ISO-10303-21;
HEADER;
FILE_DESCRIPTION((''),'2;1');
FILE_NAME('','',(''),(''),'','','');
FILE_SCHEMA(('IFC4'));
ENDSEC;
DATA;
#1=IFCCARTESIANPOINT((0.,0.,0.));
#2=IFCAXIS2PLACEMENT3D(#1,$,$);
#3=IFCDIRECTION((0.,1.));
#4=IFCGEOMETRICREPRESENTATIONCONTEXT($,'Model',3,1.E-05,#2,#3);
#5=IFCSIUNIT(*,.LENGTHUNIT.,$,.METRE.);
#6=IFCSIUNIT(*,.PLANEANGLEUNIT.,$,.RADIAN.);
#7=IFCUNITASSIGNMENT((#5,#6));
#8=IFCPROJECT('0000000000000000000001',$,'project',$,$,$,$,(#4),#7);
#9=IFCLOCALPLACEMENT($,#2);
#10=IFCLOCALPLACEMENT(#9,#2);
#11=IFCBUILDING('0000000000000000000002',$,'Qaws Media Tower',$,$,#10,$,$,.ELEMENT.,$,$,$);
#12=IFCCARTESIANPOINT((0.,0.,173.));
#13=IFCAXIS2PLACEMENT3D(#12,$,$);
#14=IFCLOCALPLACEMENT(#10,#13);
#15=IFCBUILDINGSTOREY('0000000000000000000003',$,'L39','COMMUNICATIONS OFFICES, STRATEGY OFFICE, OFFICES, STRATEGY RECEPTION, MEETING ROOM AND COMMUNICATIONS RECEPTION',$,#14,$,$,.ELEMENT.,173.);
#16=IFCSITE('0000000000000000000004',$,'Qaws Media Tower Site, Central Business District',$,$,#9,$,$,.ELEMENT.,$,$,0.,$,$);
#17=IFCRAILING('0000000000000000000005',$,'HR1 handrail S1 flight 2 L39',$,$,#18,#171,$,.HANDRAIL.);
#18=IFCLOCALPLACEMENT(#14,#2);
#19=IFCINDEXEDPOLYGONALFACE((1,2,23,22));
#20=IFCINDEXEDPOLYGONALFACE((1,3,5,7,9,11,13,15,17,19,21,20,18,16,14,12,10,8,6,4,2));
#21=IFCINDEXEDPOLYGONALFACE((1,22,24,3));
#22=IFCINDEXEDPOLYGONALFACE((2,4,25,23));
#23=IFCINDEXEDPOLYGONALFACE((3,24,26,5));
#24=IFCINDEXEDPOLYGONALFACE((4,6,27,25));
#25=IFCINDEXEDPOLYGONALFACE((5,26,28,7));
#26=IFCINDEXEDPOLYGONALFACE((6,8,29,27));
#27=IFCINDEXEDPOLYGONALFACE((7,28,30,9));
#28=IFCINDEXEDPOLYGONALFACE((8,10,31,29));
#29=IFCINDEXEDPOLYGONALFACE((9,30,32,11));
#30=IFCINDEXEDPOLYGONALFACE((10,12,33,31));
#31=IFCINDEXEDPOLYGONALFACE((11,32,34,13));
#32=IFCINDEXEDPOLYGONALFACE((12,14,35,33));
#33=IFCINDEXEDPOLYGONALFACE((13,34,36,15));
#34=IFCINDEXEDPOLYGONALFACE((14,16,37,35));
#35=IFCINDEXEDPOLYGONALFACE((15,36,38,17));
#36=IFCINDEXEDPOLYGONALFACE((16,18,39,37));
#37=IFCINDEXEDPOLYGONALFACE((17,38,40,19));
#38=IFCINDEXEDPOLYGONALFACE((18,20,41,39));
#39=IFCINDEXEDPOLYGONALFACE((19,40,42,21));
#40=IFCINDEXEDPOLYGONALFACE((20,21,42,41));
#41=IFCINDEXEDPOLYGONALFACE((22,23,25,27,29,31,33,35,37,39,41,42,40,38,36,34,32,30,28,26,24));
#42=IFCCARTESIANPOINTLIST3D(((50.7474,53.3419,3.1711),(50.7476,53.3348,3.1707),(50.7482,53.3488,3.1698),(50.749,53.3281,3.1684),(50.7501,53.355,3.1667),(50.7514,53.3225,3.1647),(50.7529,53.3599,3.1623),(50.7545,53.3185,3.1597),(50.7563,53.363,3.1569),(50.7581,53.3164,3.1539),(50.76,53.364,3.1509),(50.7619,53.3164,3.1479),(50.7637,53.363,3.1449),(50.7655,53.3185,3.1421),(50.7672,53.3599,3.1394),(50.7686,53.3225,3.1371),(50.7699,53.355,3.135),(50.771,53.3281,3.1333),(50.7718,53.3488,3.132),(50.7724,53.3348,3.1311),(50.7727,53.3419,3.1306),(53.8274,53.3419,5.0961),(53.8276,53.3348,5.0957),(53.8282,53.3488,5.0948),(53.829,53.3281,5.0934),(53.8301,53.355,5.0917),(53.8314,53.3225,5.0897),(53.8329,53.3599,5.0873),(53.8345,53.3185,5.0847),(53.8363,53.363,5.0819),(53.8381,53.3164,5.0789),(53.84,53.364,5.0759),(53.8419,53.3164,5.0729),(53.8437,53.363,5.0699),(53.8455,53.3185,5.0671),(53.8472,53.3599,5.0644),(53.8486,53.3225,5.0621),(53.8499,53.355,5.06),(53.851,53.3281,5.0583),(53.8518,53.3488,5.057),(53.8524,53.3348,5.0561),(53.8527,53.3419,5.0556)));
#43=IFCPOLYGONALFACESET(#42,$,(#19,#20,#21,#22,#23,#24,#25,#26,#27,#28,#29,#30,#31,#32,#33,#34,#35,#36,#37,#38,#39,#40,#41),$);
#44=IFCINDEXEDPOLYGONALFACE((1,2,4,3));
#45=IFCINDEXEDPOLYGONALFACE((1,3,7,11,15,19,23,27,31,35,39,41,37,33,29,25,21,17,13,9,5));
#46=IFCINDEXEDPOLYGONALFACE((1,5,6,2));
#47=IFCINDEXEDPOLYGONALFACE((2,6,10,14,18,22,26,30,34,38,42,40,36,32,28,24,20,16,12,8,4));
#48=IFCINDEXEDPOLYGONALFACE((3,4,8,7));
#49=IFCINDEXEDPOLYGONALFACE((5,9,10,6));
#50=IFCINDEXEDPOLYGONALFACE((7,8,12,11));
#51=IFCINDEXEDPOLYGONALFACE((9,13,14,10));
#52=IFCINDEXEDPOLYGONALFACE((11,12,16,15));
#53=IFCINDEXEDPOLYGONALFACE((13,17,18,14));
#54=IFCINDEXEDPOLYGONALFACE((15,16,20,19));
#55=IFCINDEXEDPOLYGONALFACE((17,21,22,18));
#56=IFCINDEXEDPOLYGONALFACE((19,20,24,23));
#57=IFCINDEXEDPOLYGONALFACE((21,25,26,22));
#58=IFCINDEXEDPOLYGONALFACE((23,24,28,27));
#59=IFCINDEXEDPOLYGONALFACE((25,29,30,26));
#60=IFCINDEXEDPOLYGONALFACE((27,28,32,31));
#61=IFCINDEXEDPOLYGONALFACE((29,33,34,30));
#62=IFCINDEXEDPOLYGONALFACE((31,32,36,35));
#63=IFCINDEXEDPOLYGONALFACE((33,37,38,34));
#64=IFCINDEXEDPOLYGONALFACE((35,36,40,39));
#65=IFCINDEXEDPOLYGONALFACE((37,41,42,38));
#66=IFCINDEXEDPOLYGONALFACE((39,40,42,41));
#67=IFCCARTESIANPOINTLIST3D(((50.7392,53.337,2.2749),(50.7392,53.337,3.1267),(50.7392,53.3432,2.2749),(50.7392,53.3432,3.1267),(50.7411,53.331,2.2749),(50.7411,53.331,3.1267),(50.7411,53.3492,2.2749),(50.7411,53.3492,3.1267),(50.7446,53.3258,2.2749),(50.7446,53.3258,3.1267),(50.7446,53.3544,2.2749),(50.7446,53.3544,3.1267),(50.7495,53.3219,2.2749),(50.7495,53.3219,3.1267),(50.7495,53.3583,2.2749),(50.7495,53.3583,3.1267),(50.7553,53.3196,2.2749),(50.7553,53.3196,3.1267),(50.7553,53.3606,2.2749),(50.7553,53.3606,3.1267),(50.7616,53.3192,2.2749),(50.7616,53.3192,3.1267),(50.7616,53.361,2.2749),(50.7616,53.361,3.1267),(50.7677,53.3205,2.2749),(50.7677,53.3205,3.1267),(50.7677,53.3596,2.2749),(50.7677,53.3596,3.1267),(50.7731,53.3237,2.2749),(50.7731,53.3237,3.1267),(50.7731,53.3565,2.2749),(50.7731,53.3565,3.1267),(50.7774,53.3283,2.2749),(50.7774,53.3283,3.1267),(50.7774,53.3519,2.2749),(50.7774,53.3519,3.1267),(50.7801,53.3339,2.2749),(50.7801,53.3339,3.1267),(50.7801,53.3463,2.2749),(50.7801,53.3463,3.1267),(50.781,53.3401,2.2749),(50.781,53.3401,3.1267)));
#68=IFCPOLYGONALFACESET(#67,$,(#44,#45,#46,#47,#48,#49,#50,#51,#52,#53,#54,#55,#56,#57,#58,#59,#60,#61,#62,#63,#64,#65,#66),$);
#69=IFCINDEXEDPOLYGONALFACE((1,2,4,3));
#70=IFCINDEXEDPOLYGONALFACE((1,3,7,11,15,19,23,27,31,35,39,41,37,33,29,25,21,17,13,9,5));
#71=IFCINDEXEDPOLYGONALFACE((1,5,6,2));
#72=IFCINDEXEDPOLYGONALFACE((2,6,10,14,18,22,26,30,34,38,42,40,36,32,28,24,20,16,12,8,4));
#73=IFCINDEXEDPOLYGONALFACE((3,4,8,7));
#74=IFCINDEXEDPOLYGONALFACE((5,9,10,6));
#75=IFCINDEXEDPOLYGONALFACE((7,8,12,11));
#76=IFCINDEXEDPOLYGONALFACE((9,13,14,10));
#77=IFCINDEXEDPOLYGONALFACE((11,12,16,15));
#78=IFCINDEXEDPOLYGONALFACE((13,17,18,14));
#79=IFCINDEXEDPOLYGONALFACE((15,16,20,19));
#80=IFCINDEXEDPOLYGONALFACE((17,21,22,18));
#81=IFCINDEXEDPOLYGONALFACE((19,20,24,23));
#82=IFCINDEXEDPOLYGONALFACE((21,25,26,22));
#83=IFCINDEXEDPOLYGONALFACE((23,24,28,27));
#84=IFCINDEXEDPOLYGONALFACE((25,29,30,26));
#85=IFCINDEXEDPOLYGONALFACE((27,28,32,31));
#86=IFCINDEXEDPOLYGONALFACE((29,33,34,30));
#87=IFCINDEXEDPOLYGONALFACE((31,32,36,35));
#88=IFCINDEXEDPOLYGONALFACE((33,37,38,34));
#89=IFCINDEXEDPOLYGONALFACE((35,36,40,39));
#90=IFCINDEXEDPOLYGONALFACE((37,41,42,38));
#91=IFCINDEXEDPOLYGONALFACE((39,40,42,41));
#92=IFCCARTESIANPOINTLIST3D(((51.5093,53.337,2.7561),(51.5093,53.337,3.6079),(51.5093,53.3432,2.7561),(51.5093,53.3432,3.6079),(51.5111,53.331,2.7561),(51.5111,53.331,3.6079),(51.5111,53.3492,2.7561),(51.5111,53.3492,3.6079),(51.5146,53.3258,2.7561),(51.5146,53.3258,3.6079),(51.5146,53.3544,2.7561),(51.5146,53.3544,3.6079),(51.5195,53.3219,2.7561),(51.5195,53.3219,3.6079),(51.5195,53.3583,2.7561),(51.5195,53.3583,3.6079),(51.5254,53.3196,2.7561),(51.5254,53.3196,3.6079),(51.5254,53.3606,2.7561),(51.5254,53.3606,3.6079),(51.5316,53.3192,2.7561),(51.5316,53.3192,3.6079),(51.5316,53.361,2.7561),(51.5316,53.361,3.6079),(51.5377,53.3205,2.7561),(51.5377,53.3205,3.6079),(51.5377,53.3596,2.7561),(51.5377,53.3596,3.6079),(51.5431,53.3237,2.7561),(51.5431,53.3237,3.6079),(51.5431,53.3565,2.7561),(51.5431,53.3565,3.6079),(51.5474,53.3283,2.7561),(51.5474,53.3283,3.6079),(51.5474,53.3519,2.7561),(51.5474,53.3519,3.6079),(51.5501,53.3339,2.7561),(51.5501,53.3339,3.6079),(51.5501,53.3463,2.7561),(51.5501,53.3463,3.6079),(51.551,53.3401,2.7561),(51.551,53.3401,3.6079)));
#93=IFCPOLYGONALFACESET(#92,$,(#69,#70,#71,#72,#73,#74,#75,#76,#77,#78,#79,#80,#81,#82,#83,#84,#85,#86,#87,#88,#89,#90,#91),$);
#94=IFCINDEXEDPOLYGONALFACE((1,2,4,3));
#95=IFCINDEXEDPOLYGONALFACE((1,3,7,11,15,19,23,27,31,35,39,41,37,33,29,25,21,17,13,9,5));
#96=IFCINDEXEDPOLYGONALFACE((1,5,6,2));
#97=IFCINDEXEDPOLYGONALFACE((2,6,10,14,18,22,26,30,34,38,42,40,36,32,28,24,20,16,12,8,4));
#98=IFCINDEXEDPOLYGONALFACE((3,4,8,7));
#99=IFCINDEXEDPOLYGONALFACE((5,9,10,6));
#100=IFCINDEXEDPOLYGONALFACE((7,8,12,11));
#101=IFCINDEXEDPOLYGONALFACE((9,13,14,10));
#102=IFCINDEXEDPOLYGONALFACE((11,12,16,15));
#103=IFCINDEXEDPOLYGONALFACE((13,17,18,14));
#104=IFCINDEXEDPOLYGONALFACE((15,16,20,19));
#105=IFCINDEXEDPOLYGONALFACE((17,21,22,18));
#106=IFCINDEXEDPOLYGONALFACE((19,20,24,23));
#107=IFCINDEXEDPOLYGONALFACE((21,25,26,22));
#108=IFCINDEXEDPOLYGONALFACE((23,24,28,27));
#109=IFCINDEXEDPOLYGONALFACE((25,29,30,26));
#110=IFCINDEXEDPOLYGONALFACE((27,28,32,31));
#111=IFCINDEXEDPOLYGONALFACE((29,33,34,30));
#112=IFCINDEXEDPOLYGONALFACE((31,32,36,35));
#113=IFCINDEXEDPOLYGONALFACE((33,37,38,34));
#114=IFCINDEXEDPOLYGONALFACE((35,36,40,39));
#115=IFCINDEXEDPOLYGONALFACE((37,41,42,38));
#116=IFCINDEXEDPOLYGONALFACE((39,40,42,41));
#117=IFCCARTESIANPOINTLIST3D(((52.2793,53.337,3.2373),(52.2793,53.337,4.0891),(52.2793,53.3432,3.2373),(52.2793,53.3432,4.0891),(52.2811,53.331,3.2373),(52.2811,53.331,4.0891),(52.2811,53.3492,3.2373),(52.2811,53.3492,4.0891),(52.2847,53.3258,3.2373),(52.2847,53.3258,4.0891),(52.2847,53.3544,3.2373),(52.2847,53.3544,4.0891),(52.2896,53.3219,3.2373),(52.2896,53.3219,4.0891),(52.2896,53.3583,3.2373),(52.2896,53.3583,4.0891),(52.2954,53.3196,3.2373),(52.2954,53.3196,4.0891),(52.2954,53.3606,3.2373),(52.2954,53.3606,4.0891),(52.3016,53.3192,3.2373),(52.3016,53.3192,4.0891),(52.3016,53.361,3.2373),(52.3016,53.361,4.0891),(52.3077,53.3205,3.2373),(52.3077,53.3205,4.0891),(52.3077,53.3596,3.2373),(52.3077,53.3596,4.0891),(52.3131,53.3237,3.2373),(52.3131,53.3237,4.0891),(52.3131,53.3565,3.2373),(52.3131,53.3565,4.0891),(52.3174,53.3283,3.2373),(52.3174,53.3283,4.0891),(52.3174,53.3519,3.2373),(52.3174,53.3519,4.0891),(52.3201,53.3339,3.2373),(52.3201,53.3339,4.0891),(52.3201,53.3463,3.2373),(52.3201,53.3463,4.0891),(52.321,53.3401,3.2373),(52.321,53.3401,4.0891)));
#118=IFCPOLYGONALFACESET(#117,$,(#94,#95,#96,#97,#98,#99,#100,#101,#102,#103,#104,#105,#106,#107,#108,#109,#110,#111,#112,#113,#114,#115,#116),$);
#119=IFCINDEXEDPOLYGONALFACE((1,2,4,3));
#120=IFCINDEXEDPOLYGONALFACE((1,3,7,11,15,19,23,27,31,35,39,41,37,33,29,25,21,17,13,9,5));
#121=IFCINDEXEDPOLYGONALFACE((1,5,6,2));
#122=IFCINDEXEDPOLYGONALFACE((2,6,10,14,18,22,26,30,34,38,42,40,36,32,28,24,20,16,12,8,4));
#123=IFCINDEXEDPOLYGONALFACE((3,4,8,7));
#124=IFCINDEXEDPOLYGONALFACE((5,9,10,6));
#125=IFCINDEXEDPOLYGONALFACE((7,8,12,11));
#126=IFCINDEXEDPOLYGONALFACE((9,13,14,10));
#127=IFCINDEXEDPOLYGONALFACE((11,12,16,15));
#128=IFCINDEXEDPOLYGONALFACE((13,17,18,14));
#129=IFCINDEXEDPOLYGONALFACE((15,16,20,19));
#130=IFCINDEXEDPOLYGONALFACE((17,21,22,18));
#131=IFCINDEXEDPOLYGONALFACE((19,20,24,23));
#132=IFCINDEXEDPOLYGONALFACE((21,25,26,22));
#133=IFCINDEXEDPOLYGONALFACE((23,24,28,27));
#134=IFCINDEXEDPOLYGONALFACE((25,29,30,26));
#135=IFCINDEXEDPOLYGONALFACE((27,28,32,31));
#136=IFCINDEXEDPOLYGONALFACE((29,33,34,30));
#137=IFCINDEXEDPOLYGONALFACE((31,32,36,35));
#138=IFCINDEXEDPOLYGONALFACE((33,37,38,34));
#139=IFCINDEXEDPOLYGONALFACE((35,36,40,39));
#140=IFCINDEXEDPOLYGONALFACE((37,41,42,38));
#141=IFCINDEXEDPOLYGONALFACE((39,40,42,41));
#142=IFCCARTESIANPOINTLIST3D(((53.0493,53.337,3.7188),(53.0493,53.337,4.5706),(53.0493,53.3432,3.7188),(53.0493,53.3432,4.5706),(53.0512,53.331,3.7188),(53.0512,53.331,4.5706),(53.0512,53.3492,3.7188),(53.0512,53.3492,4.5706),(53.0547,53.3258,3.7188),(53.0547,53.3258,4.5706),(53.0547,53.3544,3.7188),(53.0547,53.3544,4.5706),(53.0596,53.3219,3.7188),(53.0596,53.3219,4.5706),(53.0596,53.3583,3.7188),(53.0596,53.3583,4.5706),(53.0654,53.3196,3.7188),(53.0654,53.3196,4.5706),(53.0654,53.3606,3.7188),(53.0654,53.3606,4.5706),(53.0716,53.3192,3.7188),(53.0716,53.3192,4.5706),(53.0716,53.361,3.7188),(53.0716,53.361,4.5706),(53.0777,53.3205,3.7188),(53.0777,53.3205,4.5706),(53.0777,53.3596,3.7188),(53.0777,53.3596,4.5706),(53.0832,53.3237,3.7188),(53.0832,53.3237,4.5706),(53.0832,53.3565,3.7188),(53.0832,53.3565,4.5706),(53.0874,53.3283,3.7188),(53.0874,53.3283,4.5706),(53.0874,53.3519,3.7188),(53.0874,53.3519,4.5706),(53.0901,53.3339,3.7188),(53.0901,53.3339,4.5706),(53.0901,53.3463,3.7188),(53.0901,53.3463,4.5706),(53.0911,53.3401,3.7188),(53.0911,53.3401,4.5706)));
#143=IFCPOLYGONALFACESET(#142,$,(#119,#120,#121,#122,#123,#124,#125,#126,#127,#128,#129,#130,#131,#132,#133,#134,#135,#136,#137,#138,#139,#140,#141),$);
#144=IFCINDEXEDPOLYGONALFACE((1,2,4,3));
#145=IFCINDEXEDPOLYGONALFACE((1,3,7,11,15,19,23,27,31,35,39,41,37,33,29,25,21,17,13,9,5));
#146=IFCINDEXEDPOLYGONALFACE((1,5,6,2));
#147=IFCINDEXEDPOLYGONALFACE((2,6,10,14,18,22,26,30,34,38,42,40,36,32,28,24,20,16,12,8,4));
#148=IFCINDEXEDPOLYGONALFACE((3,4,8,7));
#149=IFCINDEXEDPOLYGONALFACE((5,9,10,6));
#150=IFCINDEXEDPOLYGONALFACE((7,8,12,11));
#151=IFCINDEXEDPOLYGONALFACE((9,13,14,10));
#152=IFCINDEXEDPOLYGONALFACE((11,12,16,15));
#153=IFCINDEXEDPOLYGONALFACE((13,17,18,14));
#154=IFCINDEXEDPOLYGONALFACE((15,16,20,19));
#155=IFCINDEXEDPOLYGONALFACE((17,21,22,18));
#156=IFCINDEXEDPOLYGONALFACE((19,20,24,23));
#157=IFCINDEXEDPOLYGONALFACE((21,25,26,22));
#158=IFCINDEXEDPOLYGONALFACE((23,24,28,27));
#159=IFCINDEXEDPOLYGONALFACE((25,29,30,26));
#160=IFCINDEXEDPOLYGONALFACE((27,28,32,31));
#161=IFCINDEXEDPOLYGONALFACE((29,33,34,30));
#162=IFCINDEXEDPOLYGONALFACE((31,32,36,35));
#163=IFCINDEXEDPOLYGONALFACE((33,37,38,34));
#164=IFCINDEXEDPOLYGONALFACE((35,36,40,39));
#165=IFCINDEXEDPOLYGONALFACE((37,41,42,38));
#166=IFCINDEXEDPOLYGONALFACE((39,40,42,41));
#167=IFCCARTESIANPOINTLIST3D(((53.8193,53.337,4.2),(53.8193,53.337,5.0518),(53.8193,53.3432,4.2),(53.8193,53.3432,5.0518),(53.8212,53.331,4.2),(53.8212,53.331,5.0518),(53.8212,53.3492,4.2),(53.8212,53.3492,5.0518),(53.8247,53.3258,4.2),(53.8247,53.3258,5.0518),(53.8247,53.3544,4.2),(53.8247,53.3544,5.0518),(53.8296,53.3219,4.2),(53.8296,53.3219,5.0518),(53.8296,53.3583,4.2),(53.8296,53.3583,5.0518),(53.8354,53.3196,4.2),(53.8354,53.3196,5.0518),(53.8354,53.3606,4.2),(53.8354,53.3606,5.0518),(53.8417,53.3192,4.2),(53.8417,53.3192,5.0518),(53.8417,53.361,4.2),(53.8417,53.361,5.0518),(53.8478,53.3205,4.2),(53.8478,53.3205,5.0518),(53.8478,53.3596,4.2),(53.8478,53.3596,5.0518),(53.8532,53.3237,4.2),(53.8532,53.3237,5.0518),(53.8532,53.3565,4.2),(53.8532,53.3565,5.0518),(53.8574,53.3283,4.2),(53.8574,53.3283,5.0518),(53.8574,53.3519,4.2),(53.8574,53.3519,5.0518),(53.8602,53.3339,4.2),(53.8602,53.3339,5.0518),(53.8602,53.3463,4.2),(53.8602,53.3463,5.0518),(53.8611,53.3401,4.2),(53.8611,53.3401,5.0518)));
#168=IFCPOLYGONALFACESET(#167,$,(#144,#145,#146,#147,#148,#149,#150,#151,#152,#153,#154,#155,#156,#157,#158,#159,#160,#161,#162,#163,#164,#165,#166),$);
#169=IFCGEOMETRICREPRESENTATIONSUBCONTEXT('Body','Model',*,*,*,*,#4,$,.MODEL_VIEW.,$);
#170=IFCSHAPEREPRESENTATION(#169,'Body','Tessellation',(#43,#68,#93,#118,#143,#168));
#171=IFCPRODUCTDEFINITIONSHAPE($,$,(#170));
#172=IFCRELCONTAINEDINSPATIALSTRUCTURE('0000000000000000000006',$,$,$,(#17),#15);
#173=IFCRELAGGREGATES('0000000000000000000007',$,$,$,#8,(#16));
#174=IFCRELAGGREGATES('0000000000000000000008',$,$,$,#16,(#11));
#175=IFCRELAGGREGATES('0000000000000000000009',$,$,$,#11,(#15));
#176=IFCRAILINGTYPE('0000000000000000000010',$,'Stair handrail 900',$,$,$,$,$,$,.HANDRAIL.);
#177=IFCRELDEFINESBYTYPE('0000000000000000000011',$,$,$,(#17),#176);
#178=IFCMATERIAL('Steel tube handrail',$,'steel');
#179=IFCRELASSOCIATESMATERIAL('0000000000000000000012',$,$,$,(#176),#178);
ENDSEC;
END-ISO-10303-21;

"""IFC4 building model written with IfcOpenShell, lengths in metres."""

from ifc_helpers import new_model, si_unit, direction, frame, origin, origin_2d, place, context, subcontext, project, spatial, circle, extrude, material, type_object, element, save


model = new_model("IFC4")

# Units and contexts
model_context = context("Model", 3, precision=1e-05, world=origin(), true_north=direction((0.0, 1.0)))
body_context = subcontext(model_context, "Body", "Model", "MODEL_VIEW")
ifc_project = project(units=[si_unit("LENGTHUNIT", "METRE"), si_unit("PLANEANGLEUNIT", "RADIAN")], contexts=[model_context])

# Site, building, storey
site_placement = place(None, origin())
site = spatial("IfcSite", under=ifc_project, at=site_placement, Name="Qaws Media Tower Site, Central Business District", CompositionType="ELEMENT", RefElevation=0.0)
building_placement = place(site_placement, origin())
building = spatial("IfcBuilding", under=site, at=building_placement, Name="Qaws Media Tower", CompositionType="ELEMENT")
storey_placement = place(building_placement, frame((0.0, 0.0, 173.0)))
storey = spatial("IfcBuildingStorey", under=building, at=storey_placement, Name="L39", Description="COMMUNICATIONS OFFICES, STRATEGY OFFICE, OFFICES, STRATEGY RECEPTION, MEETING ROOM AND COMMUNICATIONS RECEPTION", CompositionType="ELEMENT", Elevation=173.0)

# Railing
ifc_material_1 = material(Name="Steel tube handrail", Category="steel")
railing_type = type_object("IfcRailingType", Name="Stair handrail 900", PredefinedType="HANDRAIL", material=ifc_material_1)
for number, where, name in (
    (1, (50.76, 53.3401, 2.2749), "HR1 handrail S1 flight 2 L39"),
):
    element("IfcRailing", number, at=place(storey_placement, frame(where)), inside=storey, type_object=railing_type, Name=name, PredefinedType="HANDRAIL", context=body_context, shape_type="SweptSolid", body=[
        extrude(circle(Radius=0.0239, at=origin_2d()), frame((0.0, 0.0, 0.876), z_axis=(0.847998, 0.0, 0.529999), x_axis=(0.0, 1.0, 0.0)), (0.0, 0.0, 1.0), 3.6321),
        extrude(circle(Radius=0.021, at=origin_2d()), origin(), (0.0, 0.0, 1.0), 0.8518),
        extrude(circle(Radius=0.021, at=origin_2d()), frame((0.77, 0.0, 0.4812)), (0.0, 0.0, 1.0), 0.8518),
        extrude(circle(Radius=0.021, at=origin_2d()), frame((1.54, 0.0, 0.9624)), (0.0, 0.0, 1.0), 0.8518),
        extrude(circle(Radius=0.021, at=origin_2d()), frame((2.3101, 0.0, 1.4438)), (0.0, 0.0, 1.0), 0.8518),
        extrude(circle(Radius=0.021, at=origin_2d()), frame((3.0801, 0.0, 1.925)), (0.0, 0.0, 1.0), 0.8518),
    ])

save(model, "model.ifc")
